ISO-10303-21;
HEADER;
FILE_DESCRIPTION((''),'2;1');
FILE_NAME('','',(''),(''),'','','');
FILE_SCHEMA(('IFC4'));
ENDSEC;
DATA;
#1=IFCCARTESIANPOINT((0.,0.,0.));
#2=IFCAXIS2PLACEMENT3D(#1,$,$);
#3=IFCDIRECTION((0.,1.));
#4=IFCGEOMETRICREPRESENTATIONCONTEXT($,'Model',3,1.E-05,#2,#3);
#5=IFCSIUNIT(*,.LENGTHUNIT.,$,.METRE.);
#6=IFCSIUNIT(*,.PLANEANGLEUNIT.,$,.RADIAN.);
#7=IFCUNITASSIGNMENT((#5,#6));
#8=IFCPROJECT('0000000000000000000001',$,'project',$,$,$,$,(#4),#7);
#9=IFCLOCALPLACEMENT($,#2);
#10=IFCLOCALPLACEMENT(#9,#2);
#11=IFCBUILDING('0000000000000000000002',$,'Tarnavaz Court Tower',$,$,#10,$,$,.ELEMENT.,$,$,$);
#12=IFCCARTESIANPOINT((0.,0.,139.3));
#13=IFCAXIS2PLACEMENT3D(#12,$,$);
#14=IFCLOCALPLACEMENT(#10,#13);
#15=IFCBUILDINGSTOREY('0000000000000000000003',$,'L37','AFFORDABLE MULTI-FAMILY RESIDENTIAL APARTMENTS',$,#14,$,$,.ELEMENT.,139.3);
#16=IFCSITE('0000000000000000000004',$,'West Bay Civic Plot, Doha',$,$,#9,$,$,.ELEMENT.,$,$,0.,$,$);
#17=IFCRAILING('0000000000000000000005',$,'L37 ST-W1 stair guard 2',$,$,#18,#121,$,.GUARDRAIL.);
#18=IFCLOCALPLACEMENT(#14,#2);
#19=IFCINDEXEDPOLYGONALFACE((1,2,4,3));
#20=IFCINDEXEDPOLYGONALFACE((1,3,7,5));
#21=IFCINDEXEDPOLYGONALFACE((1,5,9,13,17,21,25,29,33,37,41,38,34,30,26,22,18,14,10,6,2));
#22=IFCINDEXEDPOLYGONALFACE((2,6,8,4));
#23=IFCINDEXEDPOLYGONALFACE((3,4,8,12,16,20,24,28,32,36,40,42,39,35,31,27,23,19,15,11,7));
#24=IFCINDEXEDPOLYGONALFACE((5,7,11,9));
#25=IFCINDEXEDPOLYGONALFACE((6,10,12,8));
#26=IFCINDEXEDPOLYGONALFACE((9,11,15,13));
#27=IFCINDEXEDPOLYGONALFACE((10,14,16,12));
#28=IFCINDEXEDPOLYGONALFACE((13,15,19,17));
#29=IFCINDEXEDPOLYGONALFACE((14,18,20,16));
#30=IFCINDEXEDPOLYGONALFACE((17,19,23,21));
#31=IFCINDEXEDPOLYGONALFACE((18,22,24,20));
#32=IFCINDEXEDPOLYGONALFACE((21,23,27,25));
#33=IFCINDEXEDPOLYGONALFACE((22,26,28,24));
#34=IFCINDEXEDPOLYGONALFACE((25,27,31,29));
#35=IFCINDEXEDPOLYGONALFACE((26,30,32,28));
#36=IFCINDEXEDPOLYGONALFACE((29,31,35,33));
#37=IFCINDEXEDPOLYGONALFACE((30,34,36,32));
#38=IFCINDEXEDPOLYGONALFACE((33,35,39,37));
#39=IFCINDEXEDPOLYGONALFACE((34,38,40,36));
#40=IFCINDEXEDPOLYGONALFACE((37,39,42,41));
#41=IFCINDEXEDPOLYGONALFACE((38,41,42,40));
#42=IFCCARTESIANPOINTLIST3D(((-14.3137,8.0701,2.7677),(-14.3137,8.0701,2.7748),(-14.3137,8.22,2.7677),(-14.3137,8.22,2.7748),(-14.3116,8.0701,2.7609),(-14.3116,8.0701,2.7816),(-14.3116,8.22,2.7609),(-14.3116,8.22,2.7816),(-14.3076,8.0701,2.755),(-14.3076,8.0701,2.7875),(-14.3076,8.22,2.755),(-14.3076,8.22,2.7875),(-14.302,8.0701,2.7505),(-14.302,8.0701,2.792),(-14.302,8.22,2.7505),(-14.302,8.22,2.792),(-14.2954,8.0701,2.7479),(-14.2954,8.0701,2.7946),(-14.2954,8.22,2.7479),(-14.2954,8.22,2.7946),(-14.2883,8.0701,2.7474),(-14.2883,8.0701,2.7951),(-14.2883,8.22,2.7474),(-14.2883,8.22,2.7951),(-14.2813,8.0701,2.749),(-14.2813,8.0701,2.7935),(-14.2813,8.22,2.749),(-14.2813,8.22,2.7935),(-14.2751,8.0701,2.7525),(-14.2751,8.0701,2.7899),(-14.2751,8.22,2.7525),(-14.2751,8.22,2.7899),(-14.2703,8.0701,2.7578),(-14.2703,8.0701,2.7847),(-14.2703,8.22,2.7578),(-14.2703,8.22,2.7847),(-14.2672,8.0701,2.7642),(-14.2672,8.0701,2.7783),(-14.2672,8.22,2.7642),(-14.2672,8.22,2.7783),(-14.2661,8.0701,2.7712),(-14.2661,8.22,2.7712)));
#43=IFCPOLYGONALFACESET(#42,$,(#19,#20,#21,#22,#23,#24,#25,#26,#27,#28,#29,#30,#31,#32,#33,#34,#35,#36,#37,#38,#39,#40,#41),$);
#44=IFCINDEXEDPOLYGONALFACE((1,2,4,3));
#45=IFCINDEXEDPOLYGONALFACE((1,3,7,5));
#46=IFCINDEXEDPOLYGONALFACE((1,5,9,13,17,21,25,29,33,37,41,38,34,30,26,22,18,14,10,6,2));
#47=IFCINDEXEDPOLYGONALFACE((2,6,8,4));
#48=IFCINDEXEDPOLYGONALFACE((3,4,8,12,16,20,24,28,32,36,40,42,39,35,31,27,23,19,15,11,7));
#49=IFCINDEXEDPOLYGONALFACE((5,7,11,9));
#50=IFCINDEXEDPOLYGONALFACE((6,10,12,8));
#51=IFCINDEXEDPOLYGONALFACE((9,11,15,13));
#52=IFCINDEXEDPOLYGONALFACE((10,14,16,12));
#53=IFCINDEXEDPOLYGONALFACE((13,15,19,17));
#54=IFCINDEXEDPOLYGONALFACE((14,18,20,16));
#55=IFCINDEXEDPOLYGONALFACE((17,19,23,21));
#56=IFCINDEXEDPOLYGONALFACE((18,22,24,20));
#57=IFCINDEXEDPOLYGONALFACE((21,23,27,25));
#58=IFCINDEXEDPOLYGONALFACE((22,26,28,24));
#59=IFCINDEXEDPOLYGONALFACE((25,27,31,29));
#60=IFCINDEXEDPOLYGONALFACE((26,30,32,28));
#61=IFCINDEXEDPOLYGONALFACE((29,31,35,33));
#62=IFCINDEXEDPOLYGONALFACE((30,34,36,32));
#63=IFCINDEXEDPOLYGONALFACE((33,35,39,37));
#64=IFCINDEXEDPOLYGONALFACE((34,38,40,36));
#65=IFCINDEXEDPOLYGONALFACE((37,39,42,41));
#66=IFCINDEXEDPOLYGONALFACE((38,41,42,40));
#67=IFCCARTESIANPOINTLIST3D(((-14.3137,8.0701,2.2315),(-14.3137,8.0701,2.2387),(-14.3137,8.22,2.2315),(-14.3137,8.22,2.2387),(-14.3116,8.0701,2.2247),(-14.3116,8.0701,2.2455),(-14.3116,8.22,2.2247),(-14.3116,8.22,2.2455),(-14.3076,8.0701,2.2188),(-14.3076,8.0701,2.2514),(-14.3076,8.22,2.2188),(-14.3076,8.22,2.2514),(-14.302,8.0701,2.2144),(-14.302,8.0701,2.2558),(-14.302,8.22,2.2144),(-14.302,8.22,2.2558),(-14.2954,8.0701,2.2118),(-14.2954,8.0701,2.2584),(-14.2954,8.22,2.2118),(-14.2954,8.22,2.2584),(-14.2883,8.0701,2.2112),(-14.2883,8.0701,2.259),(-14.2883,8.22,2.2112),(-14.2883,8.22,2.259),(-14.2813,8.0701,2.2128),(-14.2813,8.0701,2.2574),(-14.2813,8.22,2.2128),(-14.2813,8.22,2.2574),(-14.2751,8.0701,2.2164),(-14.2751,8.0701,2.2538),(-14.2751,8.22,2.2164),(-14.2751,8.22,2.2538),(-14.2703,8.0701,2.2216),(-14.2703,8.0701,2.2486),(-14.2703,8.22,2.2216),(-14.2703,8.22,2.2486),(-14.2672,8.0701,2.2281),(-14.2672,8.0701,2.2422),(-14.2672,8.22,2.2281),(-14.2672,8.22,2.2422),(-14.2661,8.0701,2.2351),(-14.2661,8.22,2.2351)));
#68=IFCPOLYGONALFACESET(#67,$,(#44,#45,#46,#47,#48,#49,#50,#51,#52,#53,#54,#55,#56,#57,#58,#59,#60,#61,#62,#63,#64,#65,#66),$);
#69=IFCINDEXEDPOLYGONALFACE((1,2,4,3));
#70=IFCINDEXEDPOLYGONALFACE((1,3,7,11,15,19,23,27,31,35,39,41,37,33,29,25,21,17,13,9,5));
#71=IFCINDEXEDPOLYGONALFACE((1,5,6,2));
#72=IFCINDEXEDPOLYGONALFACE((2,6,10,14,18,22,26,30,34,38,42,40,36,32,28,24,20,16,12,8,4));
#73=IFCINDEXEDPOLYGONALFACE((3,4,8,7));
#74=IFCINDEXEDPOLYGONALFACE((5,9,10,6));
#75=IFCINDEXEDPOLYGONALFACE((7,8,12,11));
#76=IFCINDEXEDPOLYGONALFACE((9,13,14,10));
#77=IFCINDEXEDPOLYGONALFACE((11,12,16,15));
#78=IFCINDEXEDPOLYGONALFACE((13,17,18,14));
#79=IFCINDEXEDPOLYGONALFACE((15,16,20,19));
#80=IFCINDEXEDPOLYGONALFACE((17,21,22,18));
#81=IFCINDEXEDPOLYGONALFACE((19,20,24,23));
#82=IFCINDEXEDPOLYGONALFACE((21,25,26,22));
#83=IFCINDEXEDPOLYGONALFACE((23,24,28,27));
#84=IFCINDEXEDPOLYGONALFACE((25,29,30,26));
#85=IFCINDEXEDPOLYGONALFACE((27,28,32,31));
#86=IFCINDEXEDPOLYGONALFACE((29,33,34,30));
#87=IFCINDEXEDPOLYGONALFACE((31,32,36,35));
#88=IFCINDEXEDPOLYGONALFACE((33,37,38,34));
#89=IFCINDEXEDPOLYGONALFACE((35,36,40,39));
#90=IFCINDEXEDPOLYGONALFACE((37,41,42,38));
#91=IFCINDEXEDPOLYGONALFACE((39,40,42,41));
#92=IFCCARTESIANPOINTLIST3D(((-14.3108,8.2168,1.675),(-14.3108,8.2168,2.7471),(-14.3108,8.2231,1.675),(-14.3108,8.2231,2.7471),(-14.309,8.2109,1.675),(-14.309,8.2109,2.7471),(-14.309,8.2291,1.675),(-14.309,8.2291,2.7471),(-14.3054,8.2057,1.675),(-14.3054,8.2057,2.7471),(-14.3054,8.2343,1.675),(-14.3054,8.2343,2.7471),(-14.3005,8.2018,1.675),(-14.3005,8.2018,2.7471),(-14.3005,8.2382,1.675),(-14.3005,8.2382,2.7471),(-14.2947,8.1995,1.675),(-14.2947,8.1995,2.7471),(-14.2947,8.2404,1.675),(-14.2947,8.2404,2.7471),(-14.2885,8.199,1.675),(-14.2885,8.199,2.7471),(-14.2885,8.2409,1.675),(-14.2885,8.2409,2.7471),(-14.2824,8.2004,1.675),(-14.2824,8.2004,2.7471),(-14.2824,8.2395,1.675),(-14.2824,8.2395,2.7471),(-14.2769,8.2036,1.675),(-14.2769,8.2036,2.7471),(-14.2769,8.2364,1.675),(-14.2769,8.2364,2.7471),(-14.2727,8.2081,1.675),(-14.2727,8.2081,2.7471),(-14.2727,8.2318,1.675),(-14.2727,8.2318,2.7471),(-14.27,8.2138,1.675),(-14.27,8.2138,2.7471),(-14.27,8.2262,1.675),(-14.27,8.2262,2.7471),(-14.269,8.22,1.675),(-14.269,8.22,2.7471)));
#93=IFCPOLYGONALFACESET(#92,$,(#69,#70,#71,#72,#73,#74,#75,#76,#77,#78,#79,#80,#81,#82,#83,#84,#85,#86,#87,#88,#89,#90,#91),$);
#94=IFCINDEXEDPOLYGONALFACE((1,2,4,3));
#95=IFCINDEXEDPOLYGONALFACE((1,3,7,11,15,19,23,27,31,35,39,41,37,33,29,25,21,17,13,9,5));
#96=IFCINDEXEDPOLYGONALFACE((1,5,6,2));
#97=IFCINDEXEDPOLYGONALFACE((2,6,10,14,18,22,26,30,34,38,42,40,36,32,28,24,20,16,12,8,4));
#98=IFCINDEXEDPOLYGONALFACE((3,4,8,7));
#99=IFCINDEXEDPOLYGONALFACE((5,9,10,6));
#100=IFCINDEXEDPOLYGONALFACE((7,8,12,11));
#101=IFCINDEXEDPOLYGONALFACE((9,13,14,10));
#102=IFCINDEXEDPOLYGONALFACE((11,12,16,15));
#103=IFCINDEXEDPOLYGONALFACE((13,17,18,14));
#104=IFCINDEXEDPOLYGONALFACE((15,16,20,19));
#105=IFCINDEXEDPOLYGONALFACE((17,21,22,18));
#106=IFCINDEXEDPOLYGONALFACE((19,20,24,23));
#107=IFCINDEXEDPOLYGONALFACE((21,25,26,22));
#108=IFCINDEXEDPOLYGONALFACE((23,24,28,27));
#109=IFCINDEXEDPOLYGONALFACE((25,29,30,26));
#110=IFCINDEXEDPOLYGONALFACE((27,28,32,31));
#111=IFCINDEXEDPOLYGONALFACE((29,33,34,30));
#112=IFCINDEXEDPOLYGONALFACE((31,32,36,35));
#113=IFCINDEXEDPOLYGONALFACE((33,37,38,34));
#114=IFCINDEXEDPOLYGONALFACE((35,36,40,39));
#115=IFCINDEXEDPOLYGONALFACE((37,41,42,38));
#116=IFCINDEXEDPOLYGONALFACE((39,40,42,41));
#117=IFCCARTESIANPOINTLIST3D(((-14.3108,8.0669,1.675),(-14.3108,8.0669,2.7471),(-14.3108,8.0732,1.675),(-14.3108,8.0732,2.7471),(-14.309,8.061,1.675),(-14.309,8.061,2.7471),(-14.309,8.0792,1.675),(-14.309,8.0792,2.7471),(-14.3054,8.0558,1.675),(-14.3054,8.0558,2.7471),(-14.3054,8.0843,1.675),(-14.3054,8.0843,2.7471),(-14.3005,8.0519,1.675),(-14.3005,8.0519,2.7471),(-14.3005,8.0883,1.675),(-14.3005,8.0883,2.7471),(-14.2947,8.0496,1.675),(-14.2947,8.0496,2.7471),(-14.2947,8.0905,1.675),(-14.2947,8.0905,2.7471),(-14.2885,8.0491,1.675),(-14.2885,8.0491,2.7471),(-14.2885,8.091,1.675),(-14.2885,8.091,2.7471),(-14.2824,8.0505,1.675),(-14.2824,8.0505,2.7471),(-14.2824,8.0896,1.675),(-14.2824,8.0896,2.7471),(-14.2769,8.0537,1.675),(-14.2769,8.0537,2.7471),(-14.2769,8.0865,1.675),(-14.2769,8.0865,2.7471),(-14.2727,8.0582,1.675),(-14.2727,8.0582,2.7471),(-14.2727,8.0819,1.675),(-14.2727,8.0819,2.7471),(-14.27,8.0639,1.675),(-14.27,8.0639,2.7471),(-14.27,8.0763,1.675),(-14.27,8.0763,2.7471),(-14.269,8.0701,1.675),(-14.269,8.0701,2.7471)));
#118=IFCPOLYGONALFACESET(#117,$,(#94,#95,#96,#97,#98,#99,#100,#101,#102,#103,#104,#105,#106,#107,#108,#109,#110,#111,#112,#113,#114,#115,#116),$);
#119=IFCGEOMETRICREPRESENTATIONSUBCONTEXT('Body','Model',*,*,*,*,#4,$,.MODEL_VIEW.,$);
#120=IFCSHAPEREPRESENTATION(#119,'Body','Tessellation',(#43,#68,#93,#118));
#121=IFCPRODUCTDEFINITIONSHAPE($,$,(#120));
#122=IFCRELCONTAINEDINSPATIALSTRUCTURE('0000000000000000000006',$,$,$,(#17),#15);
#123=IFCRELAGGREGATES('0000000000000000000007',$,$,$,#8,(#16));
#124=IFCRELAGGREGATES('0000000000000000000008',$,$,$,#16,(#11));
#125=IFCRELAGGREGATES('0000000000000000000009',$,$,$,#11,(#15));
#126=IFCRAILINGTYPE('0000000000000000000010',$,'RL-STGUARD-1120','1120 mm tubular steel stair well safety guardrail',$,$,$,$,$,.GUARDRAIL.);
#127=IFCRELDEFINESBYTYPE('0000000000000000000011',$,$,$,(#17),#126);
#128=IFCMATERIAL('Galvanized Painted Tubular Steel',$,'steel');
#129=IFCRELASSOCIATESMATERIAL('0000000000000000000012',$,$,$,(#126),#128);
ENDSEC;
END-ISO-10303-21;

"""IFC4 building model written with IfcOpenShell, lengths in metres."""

from ifc_helpers import new_model, si_unit, direction, frame, origin, origin_2d, place, context, subcontext, project, spatial, circle, extrude, material, type_object, element, save


model = new_model("IFC4")

# Units and contexts
model_context = context("Model", 3, precision=1e-05, world=origin(), true_north=direction((0.0, 1.0)))
body_context = subcontext(model_context, "Body", "Model", "MODEL_VIEW")
ifc_project = project(units=[si_unit("LENGTHUNIT", "METRE"), si_unit("PLANEANGLEUNIT", "RADIAN")], contexts=[model_context])

# Site, building, storey
site_placement = place(None, origin())
site = spatial("IfcSite", under=ifc_project, at=site_placement, Name="West Bay Civic Plot, Doha", CompositionType="ELEMENT", RefElevation=0.0)
building_placement = place(site_placement, origin())
building = spatial("IfcBuilding", under=site, at=building_placement, Name="Tarnavaz Court Tower", CompositionType="ELEMENT")
storey_placement = place(building_placement, frame((0.0, 0.0, 139.3)))
storey = spatial("IfcBuildingStorey", under=building, at=storey_placement, Name="L37", Description="AFFORDABLE MULTI-FAMILY RESIDENTIAL APARTMENTS", CompositionType="ELEMENT", Elevation=139.3)

# Railing
ifc_material_1 = material(Name="Galvanized Painted Tubular Steel", Category="steel")
railing_type_1 = type_object("IfcRailingType", Name="RL-STGUARD-1120", Description="1120 mm tubular steel stair well safety guardrail", PredefinedType="GUARDRAIL", material=ifc_material_1)
railing_1_placement = place(storey_placement, frame((-14.29, 8.22, 1.675)))
element("IfcRailing", 1, at=railing_1_placement, inside=storey, type_object=railing_type_1, Name="L37 ST-W1 stair guard 2", PredefinedType="GUARDRAIL", context=body_context, shape_type="SweptSolid", body=[
    extrude(circle(Radius=0.0239, at=origin_2d()), frame((0.0, 0.0, 1.0962), z_axis=(0.0, -1.0, 0.0), x_axis=(1.0, 0.0, 0.0)), (0.0, 0.0, 1.0), 0.1499),
    extrude(circle(Radius=0.0239, at=origin_2d()), frame((0.0, 0.0, 0.5601), z_axis=(0.0, -1.0, 0.0), x_axis=(1.0, 0.0, 0.0)), (0.0, 0.0, 1.0), 0.1499),
    extrude(circle(Radius=0.021, at=origin_2d()), origin(), (0.0, 0.0, 1.0), 1.072),
    extrude(circle(Radius=0.021, at=origin_2d()), frame((0.0, -0.1499, 0.0)), (0.0, 0.0, 1.0), 1.072),
])

save(model, "model.ifc")
